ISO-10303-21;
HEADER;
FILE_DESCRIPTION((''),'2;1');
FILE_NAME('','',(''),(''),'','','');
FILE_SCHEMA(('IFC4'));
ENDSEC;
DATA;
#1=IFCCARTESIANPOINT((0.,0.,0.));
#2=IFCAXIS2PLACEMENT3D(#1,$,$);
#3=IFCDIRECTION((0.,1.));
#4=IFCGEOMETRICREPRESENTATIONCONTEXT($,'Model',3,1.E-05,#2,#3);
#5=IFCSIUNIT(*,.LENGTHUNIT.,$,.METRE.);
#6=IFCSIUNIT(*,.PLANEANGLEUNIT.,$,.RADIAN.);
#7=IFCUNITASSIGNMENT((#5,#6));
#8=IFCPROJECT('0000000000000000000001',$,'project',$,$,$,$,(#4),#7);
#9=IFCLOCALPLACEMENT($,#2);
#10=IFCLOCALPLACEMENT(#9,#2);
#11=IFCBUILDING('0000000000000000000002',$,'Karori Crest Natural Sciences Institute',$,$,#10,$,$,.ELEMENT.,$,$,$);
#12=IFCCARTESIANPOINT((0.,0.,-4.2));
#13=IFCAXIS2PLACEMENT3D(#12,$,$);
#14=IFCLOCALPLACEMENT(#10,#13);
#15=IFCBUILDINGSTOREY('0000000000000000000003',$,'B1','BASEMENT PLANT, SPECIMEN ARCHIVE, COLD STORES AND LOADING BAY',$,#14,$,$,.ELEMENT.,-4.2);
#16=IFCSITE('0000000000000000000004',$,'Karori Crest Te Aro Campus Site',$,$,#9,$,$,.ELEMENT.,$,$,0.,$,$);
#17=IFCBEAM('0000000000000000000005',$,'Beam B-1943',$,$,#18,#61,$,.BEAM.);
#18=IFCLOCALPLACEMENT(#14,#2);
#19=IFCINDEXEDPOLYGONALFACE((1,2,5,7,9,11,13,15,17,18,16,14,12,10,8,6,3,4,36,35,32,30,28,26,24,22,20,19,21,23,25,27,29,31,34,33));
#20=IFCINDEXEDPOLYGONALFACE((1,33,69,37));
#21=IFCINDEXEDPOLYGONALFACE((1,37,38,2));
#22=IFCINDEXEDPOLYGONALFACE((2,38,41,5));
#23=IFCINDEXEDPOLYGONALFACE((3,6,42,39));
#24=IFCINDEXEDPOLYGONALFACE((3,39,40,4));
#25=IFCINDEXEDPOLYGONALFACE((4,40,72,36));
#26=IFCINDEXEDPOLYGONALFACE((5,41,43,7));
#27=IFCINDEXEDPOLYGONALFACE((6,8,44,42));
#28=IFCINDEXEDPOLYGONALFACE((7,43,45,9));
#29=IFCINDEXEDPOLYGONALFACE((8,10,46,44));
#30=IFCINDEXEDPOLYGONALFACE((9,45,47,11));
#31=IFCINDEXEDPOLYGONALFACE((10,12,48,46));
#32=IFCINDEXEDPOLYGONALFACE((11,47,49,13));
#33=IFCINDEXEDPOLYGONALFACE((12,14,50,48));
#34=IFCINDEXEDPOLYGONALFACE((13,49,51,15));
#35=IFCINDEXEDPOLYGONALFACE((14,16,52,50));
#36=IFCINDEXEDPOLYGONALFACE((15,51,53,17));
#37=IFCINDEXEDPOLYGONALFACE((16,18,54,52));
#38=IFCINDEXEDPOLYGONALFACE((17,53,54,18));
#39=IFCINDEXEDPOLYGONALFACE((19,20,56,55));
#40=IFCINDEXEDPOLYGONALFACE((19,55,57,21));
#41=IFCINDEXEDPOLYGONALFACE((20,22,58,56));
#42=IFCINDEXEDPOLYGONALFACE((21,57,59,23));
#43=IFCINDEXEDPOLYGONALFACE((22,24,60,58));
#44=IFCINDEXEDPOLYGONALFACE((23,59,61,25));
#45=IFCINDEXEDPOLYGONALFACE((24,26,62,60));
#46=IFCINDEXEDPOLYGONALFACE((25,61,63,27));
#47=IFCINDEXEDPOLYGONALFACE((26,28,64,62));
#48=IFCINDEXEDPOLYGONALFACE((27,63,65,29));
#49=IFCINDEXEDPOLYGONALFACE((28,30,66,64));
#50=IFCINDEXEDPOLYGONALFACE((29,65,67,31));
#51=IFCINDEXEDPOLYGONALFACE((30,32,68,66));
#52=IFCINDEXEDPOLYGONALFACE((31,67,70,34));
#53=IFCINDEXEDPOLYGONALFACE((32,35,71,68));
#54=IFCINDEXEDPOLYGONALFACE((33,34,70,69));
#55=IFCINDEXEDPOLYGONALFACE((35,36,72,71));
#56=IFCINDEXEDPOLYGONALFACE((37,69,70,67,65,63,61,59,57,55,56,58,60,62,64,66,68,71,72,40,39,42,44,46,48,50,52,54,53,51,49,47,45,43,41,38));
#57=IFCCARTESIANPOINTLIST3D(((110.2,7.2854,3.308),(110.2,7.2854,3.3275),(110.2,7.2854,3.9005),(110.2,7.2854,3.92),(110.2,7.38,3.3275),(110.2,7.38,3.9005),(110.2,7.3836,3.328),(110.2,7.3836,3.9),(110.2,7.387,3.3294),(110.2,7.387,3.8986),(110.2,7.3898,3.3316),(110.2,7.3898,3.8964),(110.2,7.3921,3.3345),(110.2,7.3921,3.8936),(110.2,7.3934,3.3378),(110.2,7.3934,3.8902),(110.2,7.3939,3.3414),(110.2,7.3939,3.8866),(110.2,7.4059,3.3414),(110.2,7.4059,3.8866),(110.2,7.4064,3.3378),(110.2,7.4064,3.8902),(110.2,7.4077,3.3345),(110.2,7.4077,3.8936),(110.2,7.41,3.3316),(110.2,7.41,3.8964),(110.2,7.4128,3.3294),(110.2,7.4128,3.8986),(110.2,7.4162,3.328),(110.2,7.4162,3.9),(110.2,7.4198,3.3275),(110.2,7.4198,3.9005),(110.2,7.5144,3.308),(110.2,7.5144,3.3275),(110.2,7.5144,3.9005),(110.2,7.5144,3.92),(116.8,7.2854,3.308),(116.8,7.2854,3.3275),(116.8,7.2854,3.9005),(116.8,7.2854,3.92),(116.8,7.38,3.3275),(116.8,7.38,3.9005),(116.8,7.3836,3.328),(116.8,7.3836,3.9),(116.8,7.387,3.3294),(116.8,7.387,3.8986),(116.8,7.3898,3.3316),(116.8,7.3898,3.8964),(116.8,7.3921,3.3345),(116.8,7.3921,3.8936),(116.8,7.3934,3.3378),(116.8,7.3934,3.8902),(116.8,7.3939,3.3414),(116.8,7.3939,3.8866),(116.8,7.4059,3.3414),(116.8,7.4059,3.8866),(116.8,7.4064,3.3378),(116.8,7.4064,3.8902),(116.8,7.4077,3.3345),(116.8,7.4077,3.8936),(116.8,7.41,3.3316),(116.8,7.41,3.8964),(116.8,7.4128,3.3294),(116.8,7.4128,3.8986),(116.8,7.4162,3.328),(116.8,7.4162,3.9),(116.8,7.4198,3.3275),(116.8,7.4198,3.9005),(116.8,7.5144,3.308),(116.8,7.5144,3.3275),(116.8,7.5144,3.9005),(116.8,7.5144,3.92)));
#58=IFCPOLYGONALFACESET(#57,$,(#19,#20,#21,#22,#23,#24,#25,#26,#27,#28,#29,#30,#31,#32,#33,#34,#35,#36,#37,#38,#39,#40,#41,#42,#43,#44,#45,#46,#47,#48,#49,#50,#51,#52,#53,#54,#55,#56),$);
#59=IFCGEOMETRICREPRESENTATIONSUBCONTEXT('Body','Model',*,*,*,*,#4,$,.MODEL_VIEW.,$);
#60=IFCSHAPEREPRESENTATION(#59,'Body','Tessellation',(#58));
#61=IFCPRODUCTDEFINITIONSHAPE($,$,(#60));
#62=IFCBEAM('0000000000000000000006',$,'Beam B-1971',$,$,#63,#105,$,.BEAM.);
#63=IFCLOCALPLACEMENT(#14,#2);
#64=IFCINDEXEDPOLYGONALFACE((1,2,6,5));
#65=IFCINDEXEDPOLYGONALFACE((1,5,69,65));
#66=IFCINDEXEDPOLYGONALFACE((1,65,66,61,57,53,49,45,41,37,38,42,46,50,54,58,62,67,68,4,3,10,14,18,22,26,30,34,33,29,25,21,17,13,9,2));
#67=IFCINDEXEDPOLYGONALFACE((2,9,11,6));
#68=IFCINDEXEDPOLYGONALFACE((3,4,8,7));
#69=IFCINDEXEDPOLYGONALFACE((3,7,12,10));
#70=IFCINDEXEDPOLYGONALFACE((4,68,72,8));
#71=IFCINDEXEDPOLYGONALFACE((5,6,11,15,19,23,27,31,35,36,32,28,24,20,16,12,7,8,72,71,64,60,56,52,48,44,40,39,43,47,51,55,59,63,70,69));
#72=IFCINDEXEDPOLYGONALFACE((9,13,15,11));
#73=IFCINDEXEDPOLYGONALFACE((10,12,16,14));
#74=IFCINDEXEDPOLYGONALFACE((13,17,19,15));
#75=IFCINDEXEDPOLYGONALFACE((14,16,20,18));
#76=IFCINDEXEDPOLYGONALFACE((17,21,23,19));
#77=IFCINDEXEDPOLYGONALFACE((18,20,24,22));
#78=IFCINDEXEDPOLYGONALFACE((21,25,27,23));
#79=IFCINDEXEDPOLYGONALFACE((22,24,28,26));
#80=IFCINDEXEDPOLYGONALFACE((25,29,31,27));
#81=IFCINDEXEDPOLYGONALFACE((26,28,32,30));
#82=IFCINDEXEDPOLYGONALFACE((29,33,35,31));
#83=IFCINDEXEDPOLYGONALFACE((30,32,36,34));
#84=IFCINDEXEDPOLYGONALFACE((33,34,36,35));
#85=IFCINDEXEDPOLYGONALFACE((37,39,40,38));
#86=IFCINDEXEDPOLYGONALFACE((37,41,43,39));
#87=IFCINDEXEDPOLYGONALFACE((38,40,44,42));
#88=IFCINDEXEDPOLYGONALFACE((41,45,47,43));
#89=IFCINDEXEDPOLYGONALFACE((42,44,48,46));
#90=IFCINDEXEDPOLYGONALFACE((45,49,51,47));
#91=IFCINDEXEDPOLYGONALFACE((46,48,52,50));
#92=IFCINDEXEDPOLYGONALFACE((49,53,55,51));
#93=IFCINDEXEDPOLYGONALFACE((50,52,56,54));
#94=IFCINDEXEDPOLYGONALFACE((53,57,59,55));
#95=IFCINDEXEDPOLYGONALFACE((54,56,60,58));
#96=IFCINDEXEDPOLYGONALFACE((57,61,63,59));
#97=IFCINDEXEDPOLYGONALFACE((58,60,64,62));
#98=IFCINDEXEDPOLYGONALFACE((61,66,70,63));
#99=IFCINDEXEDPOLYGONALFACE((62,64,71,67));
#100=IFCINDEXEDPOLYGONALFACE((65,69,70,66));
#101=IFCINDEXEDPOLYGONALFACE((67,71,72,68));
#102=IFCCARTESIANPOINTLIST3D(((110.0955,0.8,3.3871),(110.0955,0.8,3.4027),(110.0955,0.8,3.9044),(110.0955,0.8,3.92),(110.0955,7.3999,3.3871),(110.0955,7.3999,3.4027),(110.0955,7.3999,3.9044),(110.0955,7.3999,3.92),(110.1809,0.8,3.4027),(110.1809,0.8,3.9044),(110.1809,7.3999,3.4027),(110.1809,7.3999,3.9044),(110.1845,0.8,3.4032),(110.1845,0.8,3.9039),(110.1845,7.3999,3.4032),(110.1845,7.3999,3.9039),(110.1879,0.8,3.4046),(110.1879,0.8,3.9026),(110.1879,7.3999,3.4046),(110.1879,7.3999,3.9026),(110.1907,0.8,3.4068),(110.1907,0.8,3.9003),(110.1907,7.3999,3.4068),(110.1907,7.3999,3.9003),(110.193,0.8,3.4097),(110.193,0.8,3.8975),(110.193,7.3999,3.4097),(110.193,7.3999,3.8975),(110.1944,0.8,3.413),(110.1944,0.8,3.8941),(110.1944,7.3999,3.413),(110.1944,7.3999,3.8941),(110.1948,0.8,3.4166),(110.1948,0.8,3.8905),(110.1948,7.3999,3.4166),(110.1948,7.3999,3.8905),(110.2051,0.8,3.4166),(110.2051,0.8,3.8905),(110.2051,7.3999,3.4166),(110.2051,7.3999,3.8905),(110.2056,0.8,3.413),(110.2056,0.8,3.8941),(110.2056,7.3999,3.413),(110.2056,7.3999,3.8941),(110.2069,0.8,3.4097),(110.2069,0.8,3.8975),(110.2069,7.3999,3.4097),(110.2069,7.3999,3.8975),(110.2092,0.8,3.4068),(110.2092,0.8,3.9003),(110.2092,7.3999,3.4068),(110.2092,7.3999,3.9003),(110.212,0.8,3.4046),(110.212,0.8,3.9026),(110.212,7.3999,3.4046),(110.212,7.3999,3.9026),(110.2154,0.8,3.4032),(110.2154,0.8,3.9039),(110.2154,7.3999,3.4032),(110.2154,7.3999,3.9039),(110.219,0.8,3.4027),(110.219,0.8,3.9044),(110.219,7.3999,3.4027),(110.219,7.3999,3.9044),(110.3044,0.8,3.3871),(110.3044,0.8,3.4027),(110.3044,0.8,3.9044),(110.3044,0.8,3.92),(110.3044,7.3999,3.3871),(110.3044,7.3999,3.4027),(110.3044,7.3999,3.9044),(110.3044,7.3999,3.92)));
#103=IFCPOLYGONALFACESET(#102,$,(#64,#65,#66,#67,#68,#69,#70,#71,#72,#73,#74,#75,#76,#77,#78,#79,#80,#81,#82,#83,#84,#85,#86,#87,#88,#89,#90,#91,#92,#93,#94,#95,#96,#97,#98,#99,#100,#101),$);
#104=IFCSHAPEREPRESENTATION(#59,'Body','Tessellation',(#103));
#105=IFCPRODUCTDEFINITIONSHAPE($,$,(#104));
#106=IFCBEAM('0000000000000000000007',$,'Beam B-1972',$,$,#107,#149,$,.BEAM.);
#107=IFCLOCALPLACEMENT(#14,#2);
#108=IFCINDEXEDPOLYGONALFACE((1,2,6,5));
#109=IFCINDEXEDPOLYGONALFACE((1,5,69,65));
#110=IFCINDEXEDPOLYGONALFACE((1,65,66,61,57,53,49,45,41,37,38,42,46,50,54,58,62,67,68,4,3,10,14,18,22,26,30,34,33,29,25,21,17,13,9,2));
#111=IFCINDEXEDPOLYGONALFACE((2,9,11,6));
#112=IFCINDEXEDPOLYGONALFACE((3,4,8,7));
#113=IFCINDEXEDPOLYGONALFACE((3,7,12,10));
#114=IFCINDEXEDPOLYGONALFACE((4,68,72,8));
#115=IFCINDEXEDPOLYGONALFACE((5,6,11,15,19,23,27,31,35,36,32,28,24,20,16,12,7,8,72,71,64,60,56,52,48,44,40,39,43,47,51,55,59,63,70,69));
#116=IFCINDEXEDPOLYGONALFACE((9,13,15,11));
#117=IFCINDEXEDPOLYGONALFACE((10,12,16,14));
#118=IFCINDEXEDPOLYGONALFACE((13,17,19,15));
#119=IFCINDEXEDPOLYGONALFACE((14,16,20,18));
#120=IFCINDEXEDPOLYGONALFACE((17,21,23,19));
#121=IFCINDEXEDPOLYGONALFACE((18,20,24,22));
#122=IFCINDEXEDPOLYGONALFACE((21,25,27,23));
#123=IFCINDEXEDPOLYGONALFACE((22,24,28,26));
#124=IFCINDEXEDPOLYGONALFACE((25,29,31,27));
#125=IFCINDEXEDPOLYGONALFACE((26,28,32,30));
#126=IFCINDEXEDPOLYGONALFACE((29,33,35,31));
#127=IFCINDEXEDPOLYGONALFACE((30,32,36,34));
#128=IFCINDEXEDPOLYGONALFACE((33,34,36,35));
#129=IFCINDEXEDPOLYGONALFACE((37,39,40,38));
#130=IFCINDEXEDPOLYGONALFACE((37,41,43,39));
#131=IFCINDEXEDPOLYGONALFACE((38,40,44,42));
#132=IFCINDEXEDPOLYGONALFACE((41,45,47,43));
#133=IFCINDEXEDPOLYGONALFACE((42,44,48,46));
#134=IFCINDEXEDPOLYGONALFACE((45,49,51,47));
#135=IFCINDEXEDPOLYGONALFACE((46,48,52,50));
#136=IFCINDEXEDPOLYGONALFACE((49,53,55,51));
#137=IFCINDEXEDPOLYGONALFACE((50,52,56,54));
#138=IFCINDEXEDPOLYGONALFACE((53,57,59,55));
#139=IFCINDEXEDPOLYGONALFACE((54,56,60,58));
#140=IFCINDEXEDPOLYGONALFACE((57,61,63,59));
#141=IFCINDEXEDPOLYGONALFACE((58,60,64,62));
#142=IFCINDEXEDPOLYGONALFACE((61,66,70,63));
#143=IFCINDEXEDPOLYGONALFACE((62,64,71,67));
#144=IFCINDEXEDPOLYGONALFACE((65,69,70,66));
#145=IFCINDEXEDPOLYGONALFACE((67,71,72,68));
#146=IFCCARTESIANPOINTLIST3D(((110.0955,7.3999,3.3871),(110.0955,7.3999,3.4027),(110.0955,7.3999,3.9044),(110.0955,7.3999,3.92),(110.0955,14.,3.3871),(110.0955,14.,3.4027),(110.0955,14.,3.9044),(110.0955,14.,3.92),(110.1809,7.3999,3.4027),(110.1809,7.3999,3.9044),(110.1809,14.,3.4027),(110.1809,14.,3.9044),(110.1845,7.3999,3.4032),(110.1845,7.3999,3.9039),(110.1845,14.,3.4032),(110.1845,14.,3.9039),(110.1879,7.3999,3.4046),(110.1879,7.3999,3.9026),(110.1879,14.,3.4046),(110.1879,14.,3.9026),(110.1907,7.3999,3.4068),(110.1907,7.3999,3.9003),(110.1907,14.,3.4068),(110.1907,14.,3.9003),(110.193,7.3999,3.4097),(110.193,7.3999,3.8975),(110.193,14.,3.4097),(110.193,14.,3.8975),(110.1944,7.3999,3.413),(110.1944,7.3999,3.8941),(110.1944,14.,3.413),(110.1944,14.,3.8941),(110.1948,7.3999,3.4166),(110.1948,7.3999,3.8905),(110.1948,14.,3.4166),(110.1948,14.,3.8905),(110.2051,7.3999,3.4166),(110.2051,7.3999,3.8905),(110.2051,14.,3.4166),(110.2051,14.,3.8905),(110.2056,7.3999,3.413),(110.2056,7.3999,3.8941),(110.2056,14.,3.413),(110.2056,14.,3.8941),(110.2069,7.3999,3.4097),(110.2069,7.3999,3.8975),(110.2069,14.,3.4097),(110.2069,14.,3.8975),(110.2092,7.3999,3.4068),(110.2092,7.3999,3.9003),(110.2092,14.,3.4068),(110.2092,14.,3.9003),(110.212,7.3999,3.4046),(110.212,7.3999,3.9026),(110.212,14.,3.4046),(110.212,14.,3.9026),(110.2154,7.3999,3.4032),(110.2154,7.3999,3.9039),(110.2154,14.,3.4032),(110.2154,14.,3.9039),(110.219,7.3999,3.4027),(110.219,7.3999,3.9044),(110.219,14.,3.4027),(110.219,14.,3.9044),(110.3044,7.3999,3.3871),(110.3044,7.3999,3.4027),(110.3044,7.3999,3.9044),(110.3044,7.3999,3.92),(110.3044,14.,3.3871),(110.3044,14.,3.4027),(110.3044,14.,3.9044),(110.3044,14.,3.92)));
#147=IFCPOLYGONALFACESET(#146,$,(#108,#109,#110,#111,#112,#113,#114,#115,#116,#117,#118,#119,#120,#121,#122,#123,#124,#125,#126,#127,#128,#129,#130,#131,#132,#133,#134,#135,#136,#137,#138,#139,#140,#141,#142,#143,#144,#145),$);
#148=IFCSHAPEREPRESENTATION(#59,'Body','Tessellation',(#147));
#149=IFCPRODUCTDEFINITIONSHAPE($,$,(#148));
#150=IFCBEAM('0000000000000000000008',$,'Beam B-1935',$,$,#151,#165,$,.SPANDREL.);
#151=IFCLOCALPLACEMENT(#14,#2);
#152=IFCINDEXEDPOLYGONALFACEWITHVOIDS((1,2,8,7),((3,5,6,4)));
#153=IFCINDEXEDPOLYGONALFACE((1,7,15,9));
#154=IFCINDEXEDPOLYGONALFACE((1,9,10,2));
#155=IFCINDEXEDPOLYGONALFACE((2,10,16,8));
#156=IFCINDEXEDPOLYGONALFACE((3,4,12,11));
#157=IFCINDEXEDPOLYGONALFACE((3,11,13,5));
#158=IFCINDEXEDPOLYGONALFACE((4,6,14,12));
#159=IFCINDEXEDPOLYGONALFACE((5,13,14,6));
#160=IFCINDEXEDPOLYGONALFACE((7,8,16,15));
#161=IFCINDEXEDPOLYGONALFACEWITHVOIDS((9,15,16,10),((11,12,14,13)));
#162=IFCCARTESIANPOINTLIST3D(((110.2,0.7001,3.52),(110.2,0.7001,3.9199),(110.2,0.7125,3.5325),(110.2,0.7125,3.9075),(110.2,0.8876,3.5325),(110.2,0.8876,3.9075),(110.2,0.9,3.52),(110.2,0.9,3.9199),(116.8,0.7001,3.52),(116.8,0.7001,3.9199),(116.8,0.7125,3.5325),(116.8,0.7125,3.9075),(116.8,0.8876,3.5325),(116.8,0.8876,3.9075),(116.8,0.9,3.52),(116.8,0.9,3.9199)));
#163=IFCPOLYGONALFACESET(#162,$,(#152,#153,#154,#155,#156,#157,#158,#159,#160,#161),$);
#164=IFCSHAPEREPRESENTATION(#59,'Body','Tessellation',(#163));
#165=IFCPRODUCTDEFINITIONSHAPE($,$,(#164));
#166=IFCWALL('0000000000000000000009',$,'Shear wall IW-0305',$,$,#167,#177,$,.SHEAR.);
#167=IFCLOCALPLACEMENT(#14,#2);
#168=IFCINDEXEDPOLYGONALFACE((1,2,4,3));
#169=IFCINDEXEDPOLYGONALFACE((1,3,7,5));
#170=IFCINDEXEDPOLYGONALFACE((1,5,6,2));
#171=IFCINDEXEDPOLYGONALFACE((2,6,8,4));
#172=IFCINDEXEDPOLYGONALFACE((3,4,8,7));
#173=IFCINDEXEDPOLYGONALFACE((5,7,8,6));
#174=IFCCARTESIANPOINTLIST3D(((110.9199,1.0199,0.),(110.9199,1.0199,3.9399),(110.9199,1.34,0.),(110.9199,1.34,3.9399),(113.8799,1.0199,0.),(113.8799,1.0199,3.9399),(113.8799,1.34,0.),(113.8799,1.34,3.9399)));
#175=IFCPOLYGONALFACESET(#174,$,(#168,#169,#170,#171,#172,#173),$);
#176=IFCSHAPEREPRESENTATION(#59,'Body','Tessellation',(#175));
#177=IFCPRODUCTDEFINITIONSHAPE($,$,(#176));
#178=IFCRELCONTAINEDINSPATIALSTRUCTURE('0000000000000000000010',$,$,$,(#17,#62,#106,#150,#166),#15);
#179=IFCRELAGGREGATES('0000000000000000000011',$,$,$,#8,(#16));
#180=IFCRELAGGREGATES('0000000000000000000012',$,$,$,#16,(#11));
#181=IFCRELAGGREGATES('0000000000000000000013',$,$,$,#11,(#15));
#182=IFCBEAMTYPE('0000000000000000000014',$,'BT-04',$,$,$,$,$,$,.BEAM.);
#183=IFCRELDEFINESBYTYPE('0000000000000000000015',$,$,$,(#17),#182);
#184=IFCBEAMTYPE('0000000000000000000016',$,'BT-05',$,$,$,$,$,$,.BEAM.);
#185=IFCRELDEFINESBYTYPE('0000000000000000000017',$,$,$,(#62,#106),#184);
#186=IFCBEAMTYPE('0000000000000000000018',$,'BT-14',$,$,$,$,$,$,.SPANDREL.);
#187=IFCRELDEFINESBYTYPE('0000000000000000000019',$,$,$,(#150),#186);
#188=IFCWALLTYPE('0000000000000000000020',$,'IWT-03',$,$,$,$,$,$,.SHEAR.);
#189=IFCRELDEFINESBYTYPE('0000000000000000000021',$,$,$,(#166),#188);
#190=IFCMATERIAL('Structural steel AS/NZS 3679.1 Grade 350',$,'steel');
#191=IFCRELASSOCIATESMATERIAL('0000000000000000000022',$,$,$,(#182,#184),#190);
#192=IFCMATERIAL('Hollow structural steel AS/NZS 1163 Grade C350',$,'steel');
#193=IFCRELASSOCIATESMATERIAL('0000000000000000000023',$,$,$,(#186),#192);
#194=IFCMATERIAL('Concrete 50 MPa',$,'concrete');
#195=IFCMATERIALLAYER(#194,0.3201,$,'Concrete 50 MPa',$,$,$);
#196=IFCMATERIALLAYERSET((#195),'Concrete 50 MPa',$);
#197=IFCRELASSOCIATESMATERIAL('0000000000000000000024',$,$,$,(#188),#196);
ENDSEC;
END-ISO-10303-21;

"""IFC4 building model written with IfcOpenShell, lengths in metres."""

from ifc_helpers import new_model, si_unit, direction, frame, frame_2d, origin, origin_2d, place, context, subcontext, project, spatial, rectangle, hollow_rectangle, i_section, extrude, material, layer, layer_set, material_profile, profile_set, type_object, element, save


model = new_model("IFC4")

# Units and contexts
model_context = context("Model", 3, precision=1e-05, world=origin(), true_north=direction((0.0, 1.0)))
body_context = subcontext(model_context, "Body", "Model", "MODEL_VIEW")
ifc_project = project(units=[si_unit("LENGTHUNIT", "METRE"), si_unit("PLANEANGLEUNIT", "RADIAN")], contexts=[model_context])

# Site, building, storey
site_placement = place(None, origin())
site = spatial("IfcSite", under=ifc_project, at=site_placement, Name="Karori Crest Te Aro Campus Site", CompositionType="ELEMENT", RefElevation=0.0)
building_placement = place(site_placement, origin())
building = spatial("IfcBuilding", under=site, at=building_placement, Name="Karori Crest Natural Sciences Institute", CompositionType="ELEMENT")
storey_placement = place(building_placement, frame((0.0, 0.0, -4.2)))
storey = spatial("IfcBuildingStorey", under=building, at=storey_placement, Name="B1", Description="BASEMENT PLANT, SPECIMEN ARCHIVE, COLD STORES AND LOADING BAY", CompositionType="ELEMENT", Elevation=-4.2)

# Shared definitions
ifc_material_1 = material(Name="Structural steel AS/NZS 3679.1 Grade 350", Category="steel")

# Beams
ifc_material_profile_1 = material_profile(ifc_material_1, i_section(OverallWidth=0.229, OverallDepth=0.6121, WebThickness=0.012, FlangeThickness=0.0195, FilletRadius=0.0139, at=origin_2d()), Name="610UB125")
ifc_profile_set_1 = profile_set([ifc_material_profile_1], Name="Structural steel AS/NZS 3679.1 Grade 350")
beam_type_1 = type_object("IfcBeamType", Name="BT-04", PredefinedType="BEAM", material=ifc_profile_set_1)
beam_1_placement = place(storey_placement, frame((110.2, 7.3999, 3.614), z_axis=(1.0, 0.0, 0.0), x_axis=(0.0, 1.0, 0.0)))
element("IfcBeam", 1, at=beam_1_placement, inside=storey, type_object=beam_type_1, Name="Beam B-1943", PredefinedType="BEAM", context=body_context, shape_type="SweptSolid", body=[
    extrude(i_section(OverallWidth=0.229, OverallDepth=0.6121, WebThickness=0.012, FlangeThickness=0.0195, FilletRadius=0.0139, at=origin_2d()), origin(), (0.0, 0.0, 1.0), 6.6001),
])
ifc_material_profile_2 = material_profile(ifc_material_1, i_section(OverallWidth=0.209, OverallDepth=0.533, WebThickness=0.0103, FlangeThickness=0.0156, FilletRadius=0.0139, at=origin_2d()), Name="530UB92.4")
ifc_profile_set_2 = profile_set([ifc_material_profile_2], Name="Structural steel AS/NZS 3679.1 Grade 350")
beam_type_2 = type_object("IfcBeamType", Name="BT-05", PredefinedType="BEAM", material=ifc_profile_set_2)
beam_2_placement = place(storey_placement, frame((110.2, 0.8, 3.6536), z_axis=(0.0, 1.0, 0.0), x_axis=(-1.0, 0.0, 0.0)))
element("IfcBeam", 2, at=beam_2_placement, inside=storey, type_object=beam_type_2, Name="Beam B-1971", PredefinedType="BEAM", context=body_context, shape_type="SweptSolid", body=[
    extrude(i_section(OverallWidth=0.209, OverallDepth=0.533, WebThickness=0.0103, FlangeThickness=0.0156, FilletRadius=0.0139, at=origin_2d()), origin(), (0.0, 0.0, 1.0), 6.5999),
])
beam_3_placement = place(storey_placement, frame((110.2, 7.3999, 3.6536), z_axis=(0.0, 1.0, 0.0), x_axis=(-1.0, 0.0, 0.0)))
element("IfcBeam", 3, at=beam_3_placement, inside=storey, type_object=beam_type_2, Name="Beam B-1972", PredefinedType="BEAM", context=body_context, shape_type="SweptSolid", body=[
    extrude(i_section(OverallWidth=0.209, OverallDepth=0.533, WebThickness=0.0103, FlangeThickness=0.0156, FilletRadius=0.0139, at=origin_2d()), origin(), (0.0, 0.0, 1.0), 6.6001),
])
ifc_material_2 = material(Name="Hollow structural steel AS/NZS 1163 Grade C350", Category="steel")
ifc_material_profile_3 = material_profile(ifc_material_2, hollow_rectangle(XDim=0.2, YDim=0.3999, WallThickness=0.0125, at=origin_2d()), Name="RHS400x200x12.5")
ifc_profile_set_3 = profile_set([ifc_material_profile_3], Name="Hollow structural steel AS/NZS 1163 Grade C350")
beam_type_3 = type_object("IfcBeamType", Name="BT-14", PredefinedType="SPANDREL", material=ifc_profile_set_3)
beam_4_placement = place(storey_placement, frame((110.2, 0.8, 3.72), z_axis=(1.0, 0.0, 0.0), x_axis=(0.0, 1.0, 0.0)))
element("IfcBeam", 4, at=beam_4_placement, inside=storey, type_object=beam_type_3, Name="Beam B-1935", PredefinedType="SPANDREL", context=body_context, shape_type="SweptSolid", body=[
    extrude(hollow_rectangle(XDim=0.2, YDim=0.3999, WallThickness=0.0125, at=origin_2d()), origin(), (0.0, 0.0, 1.0), 6.6001),
])

# Shared definitions
ifc_material_3 = material(Name="Concrete 50 MPa", Category="concrete")

# Wall
ifc_layer_1 = layer(ifc_material_3, 0.3201, Name="Concrete 50 MPa")
ifc_layer_set_1 = layer_set([ifc_layer_1], Name="Concrete 50 MPa")
wall_type_1 = type_object("IfcWallType", Name="IWT-03", PredefinedType="SHEAR", material=ifc_layer_set_1)
wall_1_placement = place(storey_placement, frame((110.9199, 1.1799, 0.0), z_axis=(0.0, 0.0, 1.0), x_axis=(1.0, 0.0, 0.0)))
element("IfcWall", 5, at=wall_1_placement, inside=storey, type_object=wall_type_1, Name="Shear wall IW-0305", PredefinedType="SHEAR", context=body_context, shape_type="SweptSolid", body=[
    extrude(rectangle(XDim=2.96, YDim=0.3201, at=frame_2d((1.48, 0.0))), origin(), (0.0, 0.0, 1.0), 3.9399),
])

save(model, "model.ifc")
